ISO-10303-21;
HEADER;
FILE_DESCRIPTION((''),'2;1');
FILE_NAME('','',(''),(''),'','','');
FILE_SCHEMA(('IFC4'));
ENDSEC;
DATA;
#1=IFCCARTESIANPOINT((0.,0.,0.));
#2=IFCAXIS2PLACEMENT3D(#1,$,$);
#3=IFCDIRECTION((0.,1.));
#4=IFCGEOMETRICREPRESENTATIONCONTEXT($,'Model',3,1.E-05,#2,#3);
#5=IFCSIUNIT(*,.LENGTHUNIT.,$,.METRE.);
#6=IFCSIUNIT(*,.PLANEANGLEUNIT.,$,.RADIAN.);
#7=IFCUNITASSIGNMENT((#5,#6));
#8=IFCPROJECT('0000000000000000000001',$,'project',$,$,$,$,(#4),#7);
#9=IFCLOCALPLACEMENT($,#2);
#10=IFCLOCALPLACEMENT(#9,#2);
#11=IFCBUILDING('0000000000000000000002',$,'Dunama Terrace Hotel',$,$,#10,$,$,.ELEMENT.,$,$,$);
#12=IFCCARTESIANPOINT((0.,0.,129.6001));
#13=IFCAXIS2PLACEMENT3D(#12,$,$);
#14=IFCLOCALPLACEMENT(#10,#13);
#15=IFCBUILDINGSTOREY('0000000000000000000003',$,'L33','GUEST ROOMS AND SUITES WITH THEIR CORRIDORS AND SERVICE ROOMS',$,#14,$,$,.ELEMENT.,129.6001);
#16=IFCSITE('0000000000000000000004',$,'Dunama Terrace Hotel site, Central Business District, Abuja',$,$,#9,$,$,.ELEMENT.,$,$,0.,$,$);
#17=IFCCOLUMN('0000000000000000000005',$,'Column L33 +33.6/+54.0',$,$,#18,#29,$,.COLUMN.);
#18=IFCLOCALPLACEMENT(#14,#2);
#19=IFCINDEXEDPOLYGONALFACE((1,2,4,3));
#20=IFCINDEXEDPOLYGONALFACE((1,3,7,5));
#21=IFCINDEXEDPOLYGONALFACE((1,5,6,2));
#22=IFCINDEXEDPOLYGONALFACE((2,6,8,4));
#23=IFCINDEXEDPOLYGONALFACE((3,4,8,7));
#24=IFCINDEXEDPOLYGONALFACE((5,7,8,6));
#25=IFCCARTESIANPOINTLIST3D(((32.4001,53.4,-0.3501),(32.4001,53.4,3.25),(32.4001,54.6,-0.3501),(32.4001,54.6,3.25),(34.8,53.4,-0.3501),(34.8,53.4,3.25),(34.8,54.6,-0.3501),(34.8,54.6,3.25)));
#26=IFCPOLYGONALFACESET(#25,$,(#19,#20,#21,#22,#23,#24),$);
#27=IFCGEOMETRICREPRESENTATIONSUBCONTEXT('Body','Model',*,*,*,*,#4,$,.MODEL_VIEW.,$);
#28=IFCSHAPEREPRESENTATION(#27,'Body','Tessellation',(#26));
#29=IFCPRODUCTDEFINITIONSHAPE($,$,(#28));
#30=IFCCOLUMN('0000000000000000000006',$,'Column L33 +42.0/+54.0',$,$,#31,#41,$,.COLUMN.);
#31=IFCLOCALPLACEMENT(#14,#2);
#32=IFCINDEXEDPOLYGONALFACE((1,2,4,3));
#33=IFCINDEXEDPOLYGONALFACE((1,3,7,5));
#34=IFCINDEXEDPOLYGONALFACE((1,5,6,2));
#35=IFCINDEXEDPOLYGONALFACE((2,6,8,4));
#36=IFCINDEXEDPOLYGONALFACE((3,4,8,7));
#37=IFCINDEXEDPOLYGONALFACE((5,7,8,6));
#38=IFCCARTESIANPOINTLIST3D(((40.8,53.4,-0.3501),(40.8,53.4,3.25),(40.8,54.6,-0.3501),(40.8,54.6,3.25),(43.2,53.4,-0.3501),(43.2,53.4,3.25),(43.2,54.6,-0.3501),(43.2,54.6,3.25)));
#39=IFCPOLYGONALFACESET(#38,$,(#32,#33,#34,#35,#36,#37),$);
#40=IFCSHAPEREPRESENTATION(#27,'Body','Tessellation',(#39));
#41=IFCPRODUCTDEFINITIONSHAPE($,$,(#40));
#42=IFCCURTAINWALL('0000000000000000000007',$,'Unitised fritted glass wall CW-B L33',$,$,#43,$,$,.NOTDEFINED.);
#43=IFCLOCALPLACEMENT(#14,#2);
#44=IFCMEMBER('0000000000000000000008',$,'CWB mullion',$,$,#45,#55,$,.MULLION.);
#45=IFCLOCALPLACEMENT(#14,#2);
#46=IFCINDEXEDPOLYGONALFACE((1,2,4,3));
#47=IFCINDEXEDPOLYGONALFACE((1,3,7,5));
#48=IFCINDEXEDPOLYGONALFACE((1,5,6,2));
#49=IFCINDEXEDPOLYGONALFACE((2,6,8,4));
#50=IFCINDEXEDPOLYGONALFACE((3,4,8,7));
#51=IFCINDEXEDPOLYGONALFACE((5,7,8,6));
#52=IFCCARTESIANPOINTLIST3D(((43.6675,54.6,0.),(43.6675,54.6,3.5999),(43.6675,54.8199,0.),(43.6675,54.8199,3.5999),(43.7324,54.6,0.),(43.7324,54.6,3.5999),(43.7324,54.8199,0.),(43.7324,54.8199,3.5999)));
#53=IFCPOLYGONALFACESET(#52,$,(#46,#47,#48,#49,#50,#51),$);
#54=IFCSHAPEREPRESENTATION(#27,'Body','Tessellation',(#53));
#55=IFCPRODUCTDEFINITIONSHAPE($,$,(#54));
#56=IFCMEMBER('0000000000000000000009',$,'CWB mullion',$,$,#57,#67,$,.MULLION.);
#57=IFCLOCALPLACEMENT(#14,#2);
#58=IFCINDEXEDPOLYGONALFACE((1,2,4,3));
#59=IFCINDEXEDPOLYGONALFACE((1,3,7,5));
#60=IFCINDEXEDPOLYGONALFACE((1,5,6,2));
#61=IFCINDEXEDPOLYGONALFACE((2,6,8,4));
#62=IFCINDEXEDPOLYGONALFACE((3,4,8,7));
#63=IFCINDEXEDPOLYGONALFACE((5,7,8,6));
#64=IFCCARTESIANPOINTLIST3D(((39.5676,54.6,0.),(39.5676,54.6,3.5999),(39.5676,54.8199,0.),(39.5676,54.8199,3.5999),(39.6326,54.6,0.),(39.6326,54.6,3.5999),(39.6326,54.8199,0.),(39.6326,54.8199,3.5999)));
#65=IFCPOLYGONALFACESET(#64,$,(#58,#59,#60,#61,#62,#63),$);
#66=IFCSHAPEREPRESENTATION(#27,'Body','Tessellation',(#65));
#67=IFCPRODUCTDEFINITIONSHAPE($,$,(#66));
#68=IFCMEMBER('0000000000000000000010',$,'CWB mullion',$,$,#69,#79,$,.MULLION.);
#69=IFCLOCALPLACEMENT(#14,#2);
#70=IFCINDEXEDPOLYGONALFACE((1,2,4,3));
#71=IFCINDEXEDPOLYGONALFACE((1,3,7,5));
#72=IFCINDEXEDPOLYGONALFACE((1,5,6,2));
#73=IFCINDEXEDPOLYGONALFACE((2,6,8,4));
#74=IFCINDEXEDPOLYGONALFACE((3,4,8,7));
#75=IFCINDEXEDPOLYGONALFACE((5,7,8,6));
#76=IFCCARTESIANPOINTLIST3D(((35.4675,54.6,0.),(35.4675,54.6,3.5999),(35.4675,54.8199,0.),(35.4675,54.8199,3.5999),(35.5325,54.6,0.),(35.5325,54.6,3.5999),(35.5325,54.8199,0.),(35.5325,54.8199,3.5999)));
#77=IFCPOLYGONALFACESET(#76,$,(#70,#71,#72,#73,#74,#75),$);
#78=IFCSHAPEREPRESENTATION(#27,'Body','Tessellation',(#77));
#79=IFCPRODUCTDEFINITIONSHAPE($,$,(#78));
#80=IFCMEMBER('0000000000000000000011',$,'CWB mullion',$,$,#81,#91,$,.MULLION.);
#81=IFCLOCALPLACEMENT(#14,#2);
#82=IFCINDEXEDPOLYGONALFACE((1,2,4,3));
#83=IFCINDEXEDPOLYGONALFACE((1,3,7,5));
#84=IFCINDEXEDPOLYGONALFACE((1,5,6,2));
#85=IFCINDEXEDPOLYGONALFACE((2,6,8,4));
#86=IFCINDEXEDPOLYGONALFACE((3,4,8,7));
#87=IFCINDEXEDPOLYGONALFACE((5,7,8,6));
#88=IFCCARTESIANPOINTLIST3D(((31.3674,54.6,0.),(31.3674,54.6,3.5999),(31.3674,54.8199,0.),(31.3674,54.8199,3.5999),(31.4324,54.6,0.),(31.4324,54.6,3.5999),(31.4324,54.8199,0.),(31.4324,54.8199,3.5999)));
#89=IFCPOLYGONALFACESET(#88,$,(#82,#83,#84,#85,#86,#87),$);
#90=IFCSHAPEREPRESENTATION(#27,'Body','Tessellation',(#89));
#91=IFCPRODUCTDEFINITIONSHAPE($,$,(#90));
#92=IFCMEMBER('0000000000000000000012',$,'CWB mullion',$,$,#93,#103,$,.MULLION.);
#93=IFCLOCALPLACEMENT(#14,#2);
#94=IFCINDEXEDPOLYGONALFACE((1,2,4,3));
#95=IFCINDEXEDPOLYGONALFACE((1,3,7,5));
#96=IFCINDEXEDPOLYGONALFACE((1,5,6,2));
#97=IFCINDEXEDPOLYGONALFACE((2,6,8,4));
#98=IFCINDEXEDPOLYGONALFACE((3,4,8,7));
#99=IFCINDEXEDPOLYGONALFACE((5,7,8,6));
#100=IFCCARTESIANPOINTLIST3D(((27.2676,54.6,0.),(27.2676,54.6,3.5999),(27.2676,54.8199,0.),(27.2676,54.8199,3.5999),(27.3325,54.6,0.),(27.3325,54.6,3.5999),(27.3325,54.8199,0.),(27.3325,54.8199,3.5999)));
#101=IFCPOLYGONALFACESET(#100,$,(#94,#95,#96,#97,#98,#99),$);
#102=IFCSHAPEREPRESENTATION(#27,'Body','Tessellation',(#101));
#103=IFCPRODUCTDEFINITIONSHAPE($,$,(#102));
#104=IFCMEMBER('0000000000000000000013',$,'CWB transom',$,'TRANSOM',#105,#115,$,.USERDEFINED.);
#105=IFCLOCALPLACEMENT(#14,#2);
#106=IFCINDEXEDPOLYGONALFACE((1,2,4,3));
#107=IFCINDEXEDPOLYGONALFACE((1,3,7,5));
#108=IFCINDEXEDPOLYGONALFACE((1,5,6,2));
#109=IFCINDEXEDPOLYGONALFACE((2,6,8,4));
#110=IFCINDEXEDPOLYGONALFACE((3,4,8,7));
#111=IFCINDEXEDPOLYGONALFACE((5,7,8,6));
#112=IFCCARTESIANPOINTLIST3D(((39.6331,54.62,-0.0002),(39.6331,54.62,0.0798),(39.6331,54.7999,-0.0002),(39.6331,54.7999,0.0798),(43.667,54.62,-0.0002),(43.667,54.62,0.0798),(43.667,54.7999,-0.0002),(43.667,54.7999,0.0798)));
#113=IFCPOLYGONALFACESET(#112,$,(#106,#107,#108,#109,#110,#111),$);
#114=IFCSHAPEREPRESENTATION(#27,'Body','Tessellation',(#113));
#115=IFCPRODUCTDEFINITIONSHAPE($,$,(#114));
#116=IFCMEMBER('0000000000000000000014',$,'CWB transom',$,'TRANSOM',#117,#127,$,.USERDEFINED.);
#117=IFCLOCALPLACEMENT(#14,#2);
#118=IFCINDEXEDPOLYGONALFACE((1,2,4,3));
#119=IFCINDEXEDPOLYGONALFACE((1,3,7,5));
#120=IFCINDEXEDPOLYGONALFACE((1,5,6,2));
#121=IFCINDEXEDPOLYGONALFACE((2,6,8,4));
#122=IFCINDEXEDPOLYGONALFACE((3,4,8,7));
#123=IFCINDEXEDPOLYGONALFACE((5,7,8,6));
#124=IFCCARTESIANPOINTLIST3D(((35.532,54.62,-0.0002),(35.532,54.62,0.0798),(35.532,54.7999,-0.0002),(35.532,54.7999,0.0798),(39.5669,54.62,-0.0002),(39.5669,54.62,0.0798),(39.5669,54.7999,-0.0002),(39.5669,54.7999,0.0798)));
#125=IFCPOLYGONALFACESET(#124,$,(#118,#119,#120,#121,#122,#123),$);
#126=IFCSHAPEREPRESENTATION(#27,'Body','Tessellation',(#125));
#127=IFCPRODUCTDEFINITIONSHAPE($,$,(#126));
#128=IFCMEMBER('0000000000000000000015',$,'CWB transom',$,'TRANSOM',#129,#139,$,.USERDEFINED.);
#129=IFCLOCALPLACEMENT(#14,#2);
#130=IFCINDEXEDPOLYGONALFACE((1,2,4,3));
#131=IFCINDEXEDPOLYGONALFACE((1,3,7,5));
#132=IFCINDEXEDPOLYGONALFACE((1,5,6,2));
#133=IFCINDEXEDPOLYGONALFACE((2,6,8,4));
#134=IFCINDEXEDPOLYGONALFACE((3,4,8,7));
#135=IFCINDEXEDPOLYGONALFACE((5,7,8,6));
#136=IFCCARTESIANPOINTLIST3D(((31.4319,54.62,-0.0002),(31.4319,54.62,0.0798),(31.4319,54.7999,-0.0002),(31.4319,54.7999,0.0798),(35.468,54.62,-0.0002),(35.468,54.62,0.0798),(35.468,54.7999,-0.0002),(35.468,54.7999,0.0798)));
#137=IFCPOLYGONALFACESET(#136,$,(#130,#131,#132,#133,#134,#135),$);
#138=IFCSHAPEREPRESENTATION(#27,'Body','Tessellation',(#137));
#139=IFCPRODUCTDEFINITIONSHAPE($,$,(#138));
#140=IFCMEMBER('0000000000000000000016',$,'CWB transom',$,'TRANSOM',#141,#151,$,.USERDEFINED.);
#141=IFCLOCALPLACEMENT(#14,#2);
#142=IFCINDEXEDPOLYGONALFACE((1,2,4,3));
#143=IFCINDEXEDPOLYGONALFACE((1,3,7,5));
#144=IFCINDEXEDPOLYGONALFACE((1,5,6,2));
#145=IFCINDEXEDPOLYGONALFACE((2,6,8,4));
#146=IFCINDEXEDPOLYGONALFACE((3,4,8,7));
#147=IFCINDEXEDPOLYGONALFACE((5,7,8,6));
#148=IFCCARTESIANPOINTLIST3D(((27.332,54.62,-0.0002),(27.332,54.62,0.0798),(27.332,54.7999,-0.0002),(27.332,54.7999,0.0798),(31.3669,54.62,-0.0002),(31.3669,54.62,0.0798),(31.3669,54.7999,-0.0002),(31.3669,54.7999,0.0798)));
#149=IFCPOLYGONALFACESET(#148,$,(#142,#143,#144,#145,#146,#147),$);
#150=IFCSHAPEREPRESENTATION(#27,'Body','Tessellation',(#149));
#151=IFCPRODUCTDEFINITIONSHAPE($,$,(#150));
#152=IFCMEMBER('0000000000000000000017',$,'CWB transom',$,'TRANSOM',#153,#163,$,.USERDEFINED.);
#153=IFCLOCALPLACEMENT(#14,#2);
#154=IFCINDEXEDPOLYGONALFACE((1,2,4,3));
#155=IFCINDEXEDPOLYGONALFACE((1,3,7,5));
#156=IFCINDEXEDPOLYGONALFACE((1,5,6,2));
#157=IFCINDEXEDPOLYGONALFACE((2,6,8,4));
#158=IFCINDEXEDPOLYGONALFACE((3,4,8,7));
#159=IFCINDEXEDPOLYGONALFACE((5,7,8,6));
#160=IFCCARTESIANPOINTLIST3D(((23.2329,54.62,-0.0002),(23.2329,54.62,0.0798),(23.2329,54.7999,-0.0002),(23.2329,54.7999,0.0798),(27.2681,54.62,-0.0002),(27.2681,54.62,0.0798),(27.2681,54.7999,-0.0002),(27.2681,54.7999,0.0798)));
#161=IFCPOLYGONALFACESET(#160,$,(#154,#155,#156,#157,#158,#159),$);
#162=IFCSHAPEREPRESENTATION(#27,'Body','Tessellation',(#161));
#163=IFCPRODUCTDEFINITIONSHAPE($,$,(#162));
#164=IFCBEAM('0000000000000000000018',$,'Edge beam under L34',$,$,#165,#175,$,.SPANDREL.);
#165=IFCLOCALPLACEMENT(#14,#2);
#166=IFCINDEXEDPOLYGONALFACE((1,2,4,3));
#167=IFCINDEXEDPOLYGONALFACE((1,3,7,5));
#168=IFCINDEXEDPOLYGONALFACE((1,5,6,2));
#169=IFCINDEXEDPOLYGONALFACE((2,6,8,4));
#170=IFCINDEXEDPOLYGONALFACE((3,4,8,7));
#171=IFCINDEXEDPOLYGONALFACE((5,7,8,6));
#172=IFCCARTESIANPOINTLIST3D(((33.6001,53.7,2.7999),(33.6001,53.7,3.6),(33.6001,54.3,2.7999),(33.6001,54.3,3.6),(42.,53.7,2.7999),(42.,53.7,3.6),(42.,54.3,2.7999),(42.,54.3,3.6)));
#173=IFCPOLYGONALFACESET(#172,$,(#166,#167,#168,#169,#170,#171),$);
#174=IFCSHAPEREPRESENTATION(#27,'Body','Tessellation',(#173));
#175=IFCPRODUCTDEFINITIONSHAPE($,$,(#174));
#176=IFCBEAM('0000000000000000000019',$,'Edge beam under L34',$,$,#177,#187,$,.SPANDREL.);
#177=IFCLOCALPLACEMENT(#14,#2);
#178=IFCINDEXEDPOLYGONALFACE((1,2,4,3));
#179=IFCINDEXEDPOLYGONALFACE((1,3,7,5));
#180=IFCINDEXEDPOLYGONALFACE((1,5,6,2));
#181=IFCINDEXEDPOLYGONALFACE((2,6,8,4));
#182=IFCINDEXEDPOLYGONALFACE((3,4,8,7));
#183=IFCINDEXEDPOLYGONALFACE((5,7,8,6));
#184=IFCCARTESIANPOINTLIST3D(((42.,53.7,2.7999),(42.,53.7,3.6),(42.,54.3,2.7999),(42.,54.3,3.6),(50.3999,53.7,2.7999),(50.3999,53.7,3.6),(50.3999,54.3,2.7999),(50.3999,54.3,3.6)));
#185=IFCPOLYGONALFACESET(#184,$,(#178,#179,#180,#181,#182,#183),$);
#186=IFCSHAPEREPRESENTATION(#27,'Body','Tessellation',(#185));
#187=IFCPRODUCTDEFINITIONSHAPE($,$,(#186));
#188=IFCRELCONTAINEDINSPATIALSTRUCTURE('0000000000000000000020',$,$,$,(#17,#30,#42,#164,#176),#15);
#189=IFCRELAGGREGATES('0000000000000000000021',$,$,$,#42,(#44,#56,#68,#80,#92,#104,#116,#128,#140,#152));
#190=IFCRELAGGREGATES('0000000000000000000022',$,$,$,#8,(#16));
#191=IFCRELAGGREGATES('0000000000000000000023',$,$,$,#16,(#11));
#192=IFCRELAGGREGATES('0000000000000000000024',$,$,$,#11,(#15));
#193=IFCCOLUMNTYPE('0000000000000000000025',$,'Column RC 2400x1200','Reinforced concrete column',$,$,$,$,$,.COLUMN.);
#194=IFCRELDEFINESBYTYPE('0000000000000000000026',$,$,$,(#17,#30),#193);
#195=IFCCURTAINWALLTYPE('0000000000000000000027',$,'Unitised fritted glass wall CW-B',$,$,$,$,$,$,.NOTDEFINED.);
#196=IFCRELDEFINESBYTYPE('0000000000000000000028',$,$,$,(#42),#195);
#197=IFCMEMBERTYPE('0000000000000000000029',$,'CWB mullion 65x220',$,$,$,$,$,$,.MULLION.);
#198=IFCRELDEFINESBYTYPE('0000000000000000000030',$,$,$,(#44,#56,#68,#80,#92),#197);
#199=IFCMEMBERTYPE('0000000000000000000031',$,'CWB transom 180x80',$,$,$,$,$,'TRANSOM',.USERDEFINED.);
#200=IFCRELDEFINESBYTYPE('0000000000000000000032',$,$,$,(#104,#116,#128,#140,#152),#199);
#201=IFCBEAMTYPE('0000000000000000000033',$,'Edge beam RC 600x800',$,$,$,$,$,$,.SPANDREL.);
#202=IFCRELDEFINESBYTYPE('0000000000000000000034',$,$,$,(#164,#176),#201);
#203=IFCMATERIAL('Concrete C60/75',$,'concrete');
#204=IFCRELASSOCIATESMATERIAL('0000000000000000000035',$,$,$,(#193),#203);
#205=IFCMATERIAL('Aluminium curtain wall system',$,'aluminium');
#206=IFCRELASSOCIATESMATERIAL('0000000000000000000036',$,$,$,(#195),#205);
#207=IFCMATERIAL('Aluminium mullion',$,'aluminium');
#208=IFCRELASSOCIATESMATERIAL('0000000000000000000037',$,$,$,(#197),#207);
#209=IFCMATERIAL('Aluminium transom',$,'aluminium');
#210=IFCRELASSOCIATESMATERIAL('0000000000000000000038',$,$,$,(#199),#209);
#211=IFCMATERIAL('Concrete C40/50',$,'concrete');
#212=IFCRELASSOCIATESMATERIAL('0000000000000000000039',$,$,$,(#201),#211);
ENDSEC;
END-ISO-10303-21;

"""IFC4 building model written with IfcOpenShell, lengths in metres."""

from ifc_helpers import new_model, si_unit, direction, frame, origin, origin_2d, place, context, subcontext, project, spatial, rectangle, extrude, material, material_profile, profile_set, type_object, element, aggregate, save


model = new_model("IFC4")

# Units and contexts
model_context = context("Model", 3, precision=1e-05, world=origin(), true_north=direction((0.0, 1.0)))
body_context = subcontext(model_context, "Body", "Model", "MODEL_VIEW")
ifc_project = project(units=[si_unit("LENGTHUNIT", "METRE"), si_unit("PLANEANGLEUNIT", "RADIAN")], contexts=[model_context])

# Site, building, storey
site_placement = place(None, origin())
site = spatial("IfcSite", under=ifc_project, at=site_placement, Name="Dunama Terrace Hotel site, Central Business District, Abuja", CompositionType="ELEMENT", RefElevation=0.0)
building_placement = place(site_placement, origin())
building = spatial("IfcBuilding", under=site, at=building_placement, Name="Dunama Terrace Hotel", CompositionType="ELEMENT")
storey_placement = place(building_placement, frame((0.0, 0.0, 129.6001)))
storey = spatial("IfcBuildingStorey", under=building, at=storey_placement, Name="L33", Description="GUEST ROOMS AND SUITES WITH THEIR CORRIDORS AND SERVICE ROOMS", CompositionType="ELEMENT", Elevation=129.6001)

# Columns
ifc_material_1 = material(Name="Concrete C60/75", Category="concrete")
ifc_material_profile_1 = material_profile(ifc_material_1, rectangle(XDim=2.3999, YDim=1.2, at=origin_2d()), Name="RC 2400x1200")
ifc_profile_set_1 = profile_set([ifc_material_profile_1], Name="Concrete C60/75")
column_type = type_object("IfcColumnType", Name="Column RC 2400x1200", Description="Reinforced concrete column", PredefinedType="COLUMN", material=ifc_profile_set_1)
for number, where, z_axis, x_axis, name in (
    (1, (33.6001, 54.0, -0.3501), (0.0, 0.0, 1.0), (1.0, 0.0, 0.0), "Column L33 +33.6/+54.0"),
    (2, (42.0, 54.0, -0.3501), (0.0, 0.0, 1.0), (1.0, 0.0, 0.0), "Column L33 +42.0/+54.0"),
):
    element("IfcColumn", number, at=place(storey_placement, frame(where, z_axis=z_axis, x_axis=x_axis)), inside=storey, type_object=column_type, Name=name, PredefinedType="COLUMN", context=body_context, shape_type="SweptSolid", body=[
        extrude(rectangle(XDim=2.3999, YDim=1.2, at=origin_2d()), origin(), (0.0, 0.0, 1.0), 3.6001),
    ])

# Curtain wall, members
ifc_material_2 = material(Name="Aluminium curtain wall system", Category="aluminium")
curtain_wall_type = type_object("IfcCurtainWallType", Name="Unitised fritted glass wall CW-B", PredefinedType="NOTDEFINED", material=ifc_material_2)
curtain_wall_placement = place(storey_placement, origin())
curtain_wall = element("IfcCurtainWall", 3, at=curtain_wall_placement, inside=storey, type_object=curtain_wall_type, Name="Unitised fritted glass wall CW-B L33", PredefinedType="NOTDEFINED")
ifc_material_3 = material(Name="Aluminium mullion", Category="aluminium")
ifc_material_profile_2 = material_profile(ifc_material_3, rectangle(XDim=0.0649, YDim=0.22, at=origin_2d()), Name="CWB MULLION 65X220")
ifc_profile_set_2 = profile_set([ifc_material_profile_2], Name="Aluminium mullion")
member_type_1 = type_object("IfcMemberType", Name="CWB mullion 65x220", PredefinedType="MULLION", material=ifc_profile_set_2)
member_1_placement = place(storey_placement, frame((43.7, 54.71, 0.0), z_axis=(0.0, 0.0, 1.0), x_axis=(-1.0, 0.0, 0.0)))
member_1 = element("IfcMember", 4, at=member_1_placement, type_object=member_type_1, Name="CWB mullion", PredefinedType="MULLION", context=body_context, shape_type="SweptSolid", body=[
    extrude(rectangle(XDim=0.0649, YDim=0.22, at=origin_2d()), origin(), (0.0, 0.0, 1.0), 3.5999),
])
member_2_placement = place(storey_placement, frame((39.6001, 54.71, 0.0), z_axis=(0.0, 0.0, 1.0), x_axis=(-1.0, 0.0, 0.0)))
member_2 = element("IfcMember", 5, at=member_2_placement, type_object=member_type_1, Name="CWB mullion", PredefinedType="MULLION", context=body_context, shape_type="SweptSolid", body=[
    extrude(rectangle(XDim=0.0649, YDim=0.22, at=origin_2d()), origin(), (0.0, 0.0, 1.0), 3.5999),
])
member_3_placement = place(storey_placement, frame((35.5, 54.71, 0.0), z_axis=(0.0, 0.0, 1.0), x_axis=(-1.0, 0.0, 0.0)))
member_3 = element("IfcMember", 6, at=member_3_placement, type_object=member_type_1, Name="CWB mullion", PredefinedType="MULLION", context=body_context, shape_type="SweptSolid", body=[
    extrude(rectangle(XDim=0.0649, YDim=0.22, at=origin_2d()), origin(), (0.0, 0.0, 1.0), 3.5999),
])
member_4_placement = place(storey_placement, frame((31.3999, 54.71, 0.0), z_axis=(0.0, 0.0, 1.0), x_axis=(-1.0, 0.0, 0.0)))
member_4 = element("IfcMember", 7, at=member_4_placement, type_object=member_type_1, Name="CWB mullion", PredefinedType="MULLION", context=body_context, shape_type="SweptSolid", body=[
    extrude(rectangle(XDim=0.0649, YDim=0.22, at=origin_2d()), origin(), (0.0, 0.0, 1.0), 3.5999),
])
member_5_placement = place(storey_placement, frame((27.3, 54.71, 0.0), z_axis=(0.0, 0.0, 1.0), x_axis=(-1.0, 0.0, 0.0)))
member_5 = element("IfcMember", 8, at=member_5_placement, type_object=member_type_1, Name="CWB mullion", PredefinedType="MULLION", context=body_context, shape_type="SweptSolid", body=[
    extrude(rectangle(XDim=0.0649, YDim=0.22, at=origin_2d()), origin(), (0.0, 0.0, 1.0), 3.5999),
])
ifc_material_4 = material(Name="Aluminium transom", Category="aluminium")
ifc_material_profile_3 = material_profile(ifc_material_4, rectangle(XDim=0.1799, YDim=0.0801, at=origin_2d()), Name="CWB TRANSOM 180X80")
ifc_profile_set_3 = profile_set([ifc_material_profile_3], Name="Aluminium transom")
member_type_2 = type_object("IfcMemberType", Name="CWB transom 180x80", ElementType="TRANSOM", PredefinedType="USERDEFINED", material=ifc_profile_set_3)
member_6_placement = place(storey_placement, frame((43.667, 54.71, 0.0398), z_axis=(-1.0, 0.0, 0.0), x_axis=(0.0, -1.0, 0.0)))
member_6 = element("IfcMember", 9, at=member_6_placement, type_object=member_type_2, Name="CWB transom", ObjectType="TRANSOM", PredefinedType="USERDEFINED", context=body_context, shape_type="SweptSolid", body=[
    extrude(rectangle(XDim=0.1799, YDim=0.0801, at=origin_2d()), origin(), (0.0, 0.0, 1.0), 4.0339),
])
member_7_placement = place(storey_placement, frame((39.5669, 54.71, 0.0398), z_axis=(-1.0, 0.0, 0.0), x_axis=(0.0, -1.0, 0.0)))
member_7 = element("IfcMember", 10, at=member_7_placement, type_object=member_type_2, Name="CWB transom", ObjectType="TRANSOM", PredefinedType="USERDEFINED", context=body_context, shape_type="SweptSolid", body=[
    extrude(rectangle(XDim=0.1799, YDim=0.0801, at=origin_2d()), origin(), (0.0, 0.0, 1.0), 4.0349),
])
member_8_placement = place(storey_placement, frame((35.468, 54.71, 0.0398), z_axis=(-1.0, 0.0, 0.0), x_axis=(0.0, -1.0, 0.0)))
member_8 = element("IfcMember", 11, at=member_8_placement, type_object=member_type_2, Name="CWB transom", ObjectType="TRANSOM", PredefinedType="USERDEFINED", context=body_context, shape_type="SweptSolid", body=[
    extrude(rectangle(XDim=0.1799, YDim=0.0801, at=origin_2d()), origin(), (0.0, 0.0, 1.0), 4.0361),
])
member_9_placement = place(storey_placement, frame((31.3669, 54.71, 0.0398), z_axis=(-1.0, 0.0, 0.0), x_axis=(0.0, -1.0, 0.0)))
member_9 = element("IfcMember", 12, at=member_9_placement, type_object=member_type_2, Name="CWB transom", ObjectType="TRANSOM", PredefinedType="USERDEFINED", context=body_context, shape_type="SweptSolid", body=[
    extrude(rectangle(XDim=0.1799, YDim=0.0801, at=origin_2d()), origin(), (0.0, 0.0, 1.0), 4.0349),
])
member_10_placement = place(storey_placement, frame((27.2681, 54.71, 0.0398), z_axis=(-1.0, 0.0, 0.0), x_axis=(0.0, -1.0, 0.0)))
member_10 = element("IfcMember", 13, at=member_10_placement, type_object=member_type_2, Name="CWB transom", ObjectType="TRANSOM", PredefinedType="USERDEFINED", context=body_context, shape_type="SweptSolid", body=[
    extrude(rectangle(XDim=0.1799, YDim=0.0801, at=origin_2d()), origin(), (0.0, 0.0, 1.0), 4.0352),
])

# Beams
ifc_material_5 = material(Name="Concrete C40/50", Category="concrete")
ifc_material_profile_4 = material_profile(ifc_material_5, rectangle(XDim=0.6001, YDim=0.8, at=origin_2d()), Name="RC 600x800")
ifc_profile_set_4 = profile_set([ifc_material_profile_4], Name="Concrete C40/50")
beam_type = type_object("IfcBeamType", Name="Edge beam RC 600x800", PredefinedType="SPANDREL", material=ifc_profile_set_4)
for number, where, z_axis, x_axis, name in (
    (14, (33.6001, 54.0, 3.2), (1.0, 0.0, 0.0), (0.0, 1.0, 0.0), "Edge beam under L34"),
    (15, (42.0, 54.0, 3.2), (1.0, 0.0, 0.0), (0.0, 1.0, 0.0), "Edge beam under L34"),
):
    element("IfcBeam", number, at=place(storey_placement, frame(where, z_axis=z_axis, x_axis=x_axis)), inside=storey, type_object=beam_type, Name=name, PredefinedType="SPANDREL", context=body_context, shape_type="SweptSolid", body=[
        extrude(rectangle(XDim=0.6001, YDim=0.8, at=origin_2d()), origin(), (0.0, 0.0, 1.0), 8.3999),
    ])

aggregate(curtain_wall, [member_1, member_2, member_3, member_4, member_5, member_6, member_7, member_8, member_9, member_10])

save(model, "model.ifc")
